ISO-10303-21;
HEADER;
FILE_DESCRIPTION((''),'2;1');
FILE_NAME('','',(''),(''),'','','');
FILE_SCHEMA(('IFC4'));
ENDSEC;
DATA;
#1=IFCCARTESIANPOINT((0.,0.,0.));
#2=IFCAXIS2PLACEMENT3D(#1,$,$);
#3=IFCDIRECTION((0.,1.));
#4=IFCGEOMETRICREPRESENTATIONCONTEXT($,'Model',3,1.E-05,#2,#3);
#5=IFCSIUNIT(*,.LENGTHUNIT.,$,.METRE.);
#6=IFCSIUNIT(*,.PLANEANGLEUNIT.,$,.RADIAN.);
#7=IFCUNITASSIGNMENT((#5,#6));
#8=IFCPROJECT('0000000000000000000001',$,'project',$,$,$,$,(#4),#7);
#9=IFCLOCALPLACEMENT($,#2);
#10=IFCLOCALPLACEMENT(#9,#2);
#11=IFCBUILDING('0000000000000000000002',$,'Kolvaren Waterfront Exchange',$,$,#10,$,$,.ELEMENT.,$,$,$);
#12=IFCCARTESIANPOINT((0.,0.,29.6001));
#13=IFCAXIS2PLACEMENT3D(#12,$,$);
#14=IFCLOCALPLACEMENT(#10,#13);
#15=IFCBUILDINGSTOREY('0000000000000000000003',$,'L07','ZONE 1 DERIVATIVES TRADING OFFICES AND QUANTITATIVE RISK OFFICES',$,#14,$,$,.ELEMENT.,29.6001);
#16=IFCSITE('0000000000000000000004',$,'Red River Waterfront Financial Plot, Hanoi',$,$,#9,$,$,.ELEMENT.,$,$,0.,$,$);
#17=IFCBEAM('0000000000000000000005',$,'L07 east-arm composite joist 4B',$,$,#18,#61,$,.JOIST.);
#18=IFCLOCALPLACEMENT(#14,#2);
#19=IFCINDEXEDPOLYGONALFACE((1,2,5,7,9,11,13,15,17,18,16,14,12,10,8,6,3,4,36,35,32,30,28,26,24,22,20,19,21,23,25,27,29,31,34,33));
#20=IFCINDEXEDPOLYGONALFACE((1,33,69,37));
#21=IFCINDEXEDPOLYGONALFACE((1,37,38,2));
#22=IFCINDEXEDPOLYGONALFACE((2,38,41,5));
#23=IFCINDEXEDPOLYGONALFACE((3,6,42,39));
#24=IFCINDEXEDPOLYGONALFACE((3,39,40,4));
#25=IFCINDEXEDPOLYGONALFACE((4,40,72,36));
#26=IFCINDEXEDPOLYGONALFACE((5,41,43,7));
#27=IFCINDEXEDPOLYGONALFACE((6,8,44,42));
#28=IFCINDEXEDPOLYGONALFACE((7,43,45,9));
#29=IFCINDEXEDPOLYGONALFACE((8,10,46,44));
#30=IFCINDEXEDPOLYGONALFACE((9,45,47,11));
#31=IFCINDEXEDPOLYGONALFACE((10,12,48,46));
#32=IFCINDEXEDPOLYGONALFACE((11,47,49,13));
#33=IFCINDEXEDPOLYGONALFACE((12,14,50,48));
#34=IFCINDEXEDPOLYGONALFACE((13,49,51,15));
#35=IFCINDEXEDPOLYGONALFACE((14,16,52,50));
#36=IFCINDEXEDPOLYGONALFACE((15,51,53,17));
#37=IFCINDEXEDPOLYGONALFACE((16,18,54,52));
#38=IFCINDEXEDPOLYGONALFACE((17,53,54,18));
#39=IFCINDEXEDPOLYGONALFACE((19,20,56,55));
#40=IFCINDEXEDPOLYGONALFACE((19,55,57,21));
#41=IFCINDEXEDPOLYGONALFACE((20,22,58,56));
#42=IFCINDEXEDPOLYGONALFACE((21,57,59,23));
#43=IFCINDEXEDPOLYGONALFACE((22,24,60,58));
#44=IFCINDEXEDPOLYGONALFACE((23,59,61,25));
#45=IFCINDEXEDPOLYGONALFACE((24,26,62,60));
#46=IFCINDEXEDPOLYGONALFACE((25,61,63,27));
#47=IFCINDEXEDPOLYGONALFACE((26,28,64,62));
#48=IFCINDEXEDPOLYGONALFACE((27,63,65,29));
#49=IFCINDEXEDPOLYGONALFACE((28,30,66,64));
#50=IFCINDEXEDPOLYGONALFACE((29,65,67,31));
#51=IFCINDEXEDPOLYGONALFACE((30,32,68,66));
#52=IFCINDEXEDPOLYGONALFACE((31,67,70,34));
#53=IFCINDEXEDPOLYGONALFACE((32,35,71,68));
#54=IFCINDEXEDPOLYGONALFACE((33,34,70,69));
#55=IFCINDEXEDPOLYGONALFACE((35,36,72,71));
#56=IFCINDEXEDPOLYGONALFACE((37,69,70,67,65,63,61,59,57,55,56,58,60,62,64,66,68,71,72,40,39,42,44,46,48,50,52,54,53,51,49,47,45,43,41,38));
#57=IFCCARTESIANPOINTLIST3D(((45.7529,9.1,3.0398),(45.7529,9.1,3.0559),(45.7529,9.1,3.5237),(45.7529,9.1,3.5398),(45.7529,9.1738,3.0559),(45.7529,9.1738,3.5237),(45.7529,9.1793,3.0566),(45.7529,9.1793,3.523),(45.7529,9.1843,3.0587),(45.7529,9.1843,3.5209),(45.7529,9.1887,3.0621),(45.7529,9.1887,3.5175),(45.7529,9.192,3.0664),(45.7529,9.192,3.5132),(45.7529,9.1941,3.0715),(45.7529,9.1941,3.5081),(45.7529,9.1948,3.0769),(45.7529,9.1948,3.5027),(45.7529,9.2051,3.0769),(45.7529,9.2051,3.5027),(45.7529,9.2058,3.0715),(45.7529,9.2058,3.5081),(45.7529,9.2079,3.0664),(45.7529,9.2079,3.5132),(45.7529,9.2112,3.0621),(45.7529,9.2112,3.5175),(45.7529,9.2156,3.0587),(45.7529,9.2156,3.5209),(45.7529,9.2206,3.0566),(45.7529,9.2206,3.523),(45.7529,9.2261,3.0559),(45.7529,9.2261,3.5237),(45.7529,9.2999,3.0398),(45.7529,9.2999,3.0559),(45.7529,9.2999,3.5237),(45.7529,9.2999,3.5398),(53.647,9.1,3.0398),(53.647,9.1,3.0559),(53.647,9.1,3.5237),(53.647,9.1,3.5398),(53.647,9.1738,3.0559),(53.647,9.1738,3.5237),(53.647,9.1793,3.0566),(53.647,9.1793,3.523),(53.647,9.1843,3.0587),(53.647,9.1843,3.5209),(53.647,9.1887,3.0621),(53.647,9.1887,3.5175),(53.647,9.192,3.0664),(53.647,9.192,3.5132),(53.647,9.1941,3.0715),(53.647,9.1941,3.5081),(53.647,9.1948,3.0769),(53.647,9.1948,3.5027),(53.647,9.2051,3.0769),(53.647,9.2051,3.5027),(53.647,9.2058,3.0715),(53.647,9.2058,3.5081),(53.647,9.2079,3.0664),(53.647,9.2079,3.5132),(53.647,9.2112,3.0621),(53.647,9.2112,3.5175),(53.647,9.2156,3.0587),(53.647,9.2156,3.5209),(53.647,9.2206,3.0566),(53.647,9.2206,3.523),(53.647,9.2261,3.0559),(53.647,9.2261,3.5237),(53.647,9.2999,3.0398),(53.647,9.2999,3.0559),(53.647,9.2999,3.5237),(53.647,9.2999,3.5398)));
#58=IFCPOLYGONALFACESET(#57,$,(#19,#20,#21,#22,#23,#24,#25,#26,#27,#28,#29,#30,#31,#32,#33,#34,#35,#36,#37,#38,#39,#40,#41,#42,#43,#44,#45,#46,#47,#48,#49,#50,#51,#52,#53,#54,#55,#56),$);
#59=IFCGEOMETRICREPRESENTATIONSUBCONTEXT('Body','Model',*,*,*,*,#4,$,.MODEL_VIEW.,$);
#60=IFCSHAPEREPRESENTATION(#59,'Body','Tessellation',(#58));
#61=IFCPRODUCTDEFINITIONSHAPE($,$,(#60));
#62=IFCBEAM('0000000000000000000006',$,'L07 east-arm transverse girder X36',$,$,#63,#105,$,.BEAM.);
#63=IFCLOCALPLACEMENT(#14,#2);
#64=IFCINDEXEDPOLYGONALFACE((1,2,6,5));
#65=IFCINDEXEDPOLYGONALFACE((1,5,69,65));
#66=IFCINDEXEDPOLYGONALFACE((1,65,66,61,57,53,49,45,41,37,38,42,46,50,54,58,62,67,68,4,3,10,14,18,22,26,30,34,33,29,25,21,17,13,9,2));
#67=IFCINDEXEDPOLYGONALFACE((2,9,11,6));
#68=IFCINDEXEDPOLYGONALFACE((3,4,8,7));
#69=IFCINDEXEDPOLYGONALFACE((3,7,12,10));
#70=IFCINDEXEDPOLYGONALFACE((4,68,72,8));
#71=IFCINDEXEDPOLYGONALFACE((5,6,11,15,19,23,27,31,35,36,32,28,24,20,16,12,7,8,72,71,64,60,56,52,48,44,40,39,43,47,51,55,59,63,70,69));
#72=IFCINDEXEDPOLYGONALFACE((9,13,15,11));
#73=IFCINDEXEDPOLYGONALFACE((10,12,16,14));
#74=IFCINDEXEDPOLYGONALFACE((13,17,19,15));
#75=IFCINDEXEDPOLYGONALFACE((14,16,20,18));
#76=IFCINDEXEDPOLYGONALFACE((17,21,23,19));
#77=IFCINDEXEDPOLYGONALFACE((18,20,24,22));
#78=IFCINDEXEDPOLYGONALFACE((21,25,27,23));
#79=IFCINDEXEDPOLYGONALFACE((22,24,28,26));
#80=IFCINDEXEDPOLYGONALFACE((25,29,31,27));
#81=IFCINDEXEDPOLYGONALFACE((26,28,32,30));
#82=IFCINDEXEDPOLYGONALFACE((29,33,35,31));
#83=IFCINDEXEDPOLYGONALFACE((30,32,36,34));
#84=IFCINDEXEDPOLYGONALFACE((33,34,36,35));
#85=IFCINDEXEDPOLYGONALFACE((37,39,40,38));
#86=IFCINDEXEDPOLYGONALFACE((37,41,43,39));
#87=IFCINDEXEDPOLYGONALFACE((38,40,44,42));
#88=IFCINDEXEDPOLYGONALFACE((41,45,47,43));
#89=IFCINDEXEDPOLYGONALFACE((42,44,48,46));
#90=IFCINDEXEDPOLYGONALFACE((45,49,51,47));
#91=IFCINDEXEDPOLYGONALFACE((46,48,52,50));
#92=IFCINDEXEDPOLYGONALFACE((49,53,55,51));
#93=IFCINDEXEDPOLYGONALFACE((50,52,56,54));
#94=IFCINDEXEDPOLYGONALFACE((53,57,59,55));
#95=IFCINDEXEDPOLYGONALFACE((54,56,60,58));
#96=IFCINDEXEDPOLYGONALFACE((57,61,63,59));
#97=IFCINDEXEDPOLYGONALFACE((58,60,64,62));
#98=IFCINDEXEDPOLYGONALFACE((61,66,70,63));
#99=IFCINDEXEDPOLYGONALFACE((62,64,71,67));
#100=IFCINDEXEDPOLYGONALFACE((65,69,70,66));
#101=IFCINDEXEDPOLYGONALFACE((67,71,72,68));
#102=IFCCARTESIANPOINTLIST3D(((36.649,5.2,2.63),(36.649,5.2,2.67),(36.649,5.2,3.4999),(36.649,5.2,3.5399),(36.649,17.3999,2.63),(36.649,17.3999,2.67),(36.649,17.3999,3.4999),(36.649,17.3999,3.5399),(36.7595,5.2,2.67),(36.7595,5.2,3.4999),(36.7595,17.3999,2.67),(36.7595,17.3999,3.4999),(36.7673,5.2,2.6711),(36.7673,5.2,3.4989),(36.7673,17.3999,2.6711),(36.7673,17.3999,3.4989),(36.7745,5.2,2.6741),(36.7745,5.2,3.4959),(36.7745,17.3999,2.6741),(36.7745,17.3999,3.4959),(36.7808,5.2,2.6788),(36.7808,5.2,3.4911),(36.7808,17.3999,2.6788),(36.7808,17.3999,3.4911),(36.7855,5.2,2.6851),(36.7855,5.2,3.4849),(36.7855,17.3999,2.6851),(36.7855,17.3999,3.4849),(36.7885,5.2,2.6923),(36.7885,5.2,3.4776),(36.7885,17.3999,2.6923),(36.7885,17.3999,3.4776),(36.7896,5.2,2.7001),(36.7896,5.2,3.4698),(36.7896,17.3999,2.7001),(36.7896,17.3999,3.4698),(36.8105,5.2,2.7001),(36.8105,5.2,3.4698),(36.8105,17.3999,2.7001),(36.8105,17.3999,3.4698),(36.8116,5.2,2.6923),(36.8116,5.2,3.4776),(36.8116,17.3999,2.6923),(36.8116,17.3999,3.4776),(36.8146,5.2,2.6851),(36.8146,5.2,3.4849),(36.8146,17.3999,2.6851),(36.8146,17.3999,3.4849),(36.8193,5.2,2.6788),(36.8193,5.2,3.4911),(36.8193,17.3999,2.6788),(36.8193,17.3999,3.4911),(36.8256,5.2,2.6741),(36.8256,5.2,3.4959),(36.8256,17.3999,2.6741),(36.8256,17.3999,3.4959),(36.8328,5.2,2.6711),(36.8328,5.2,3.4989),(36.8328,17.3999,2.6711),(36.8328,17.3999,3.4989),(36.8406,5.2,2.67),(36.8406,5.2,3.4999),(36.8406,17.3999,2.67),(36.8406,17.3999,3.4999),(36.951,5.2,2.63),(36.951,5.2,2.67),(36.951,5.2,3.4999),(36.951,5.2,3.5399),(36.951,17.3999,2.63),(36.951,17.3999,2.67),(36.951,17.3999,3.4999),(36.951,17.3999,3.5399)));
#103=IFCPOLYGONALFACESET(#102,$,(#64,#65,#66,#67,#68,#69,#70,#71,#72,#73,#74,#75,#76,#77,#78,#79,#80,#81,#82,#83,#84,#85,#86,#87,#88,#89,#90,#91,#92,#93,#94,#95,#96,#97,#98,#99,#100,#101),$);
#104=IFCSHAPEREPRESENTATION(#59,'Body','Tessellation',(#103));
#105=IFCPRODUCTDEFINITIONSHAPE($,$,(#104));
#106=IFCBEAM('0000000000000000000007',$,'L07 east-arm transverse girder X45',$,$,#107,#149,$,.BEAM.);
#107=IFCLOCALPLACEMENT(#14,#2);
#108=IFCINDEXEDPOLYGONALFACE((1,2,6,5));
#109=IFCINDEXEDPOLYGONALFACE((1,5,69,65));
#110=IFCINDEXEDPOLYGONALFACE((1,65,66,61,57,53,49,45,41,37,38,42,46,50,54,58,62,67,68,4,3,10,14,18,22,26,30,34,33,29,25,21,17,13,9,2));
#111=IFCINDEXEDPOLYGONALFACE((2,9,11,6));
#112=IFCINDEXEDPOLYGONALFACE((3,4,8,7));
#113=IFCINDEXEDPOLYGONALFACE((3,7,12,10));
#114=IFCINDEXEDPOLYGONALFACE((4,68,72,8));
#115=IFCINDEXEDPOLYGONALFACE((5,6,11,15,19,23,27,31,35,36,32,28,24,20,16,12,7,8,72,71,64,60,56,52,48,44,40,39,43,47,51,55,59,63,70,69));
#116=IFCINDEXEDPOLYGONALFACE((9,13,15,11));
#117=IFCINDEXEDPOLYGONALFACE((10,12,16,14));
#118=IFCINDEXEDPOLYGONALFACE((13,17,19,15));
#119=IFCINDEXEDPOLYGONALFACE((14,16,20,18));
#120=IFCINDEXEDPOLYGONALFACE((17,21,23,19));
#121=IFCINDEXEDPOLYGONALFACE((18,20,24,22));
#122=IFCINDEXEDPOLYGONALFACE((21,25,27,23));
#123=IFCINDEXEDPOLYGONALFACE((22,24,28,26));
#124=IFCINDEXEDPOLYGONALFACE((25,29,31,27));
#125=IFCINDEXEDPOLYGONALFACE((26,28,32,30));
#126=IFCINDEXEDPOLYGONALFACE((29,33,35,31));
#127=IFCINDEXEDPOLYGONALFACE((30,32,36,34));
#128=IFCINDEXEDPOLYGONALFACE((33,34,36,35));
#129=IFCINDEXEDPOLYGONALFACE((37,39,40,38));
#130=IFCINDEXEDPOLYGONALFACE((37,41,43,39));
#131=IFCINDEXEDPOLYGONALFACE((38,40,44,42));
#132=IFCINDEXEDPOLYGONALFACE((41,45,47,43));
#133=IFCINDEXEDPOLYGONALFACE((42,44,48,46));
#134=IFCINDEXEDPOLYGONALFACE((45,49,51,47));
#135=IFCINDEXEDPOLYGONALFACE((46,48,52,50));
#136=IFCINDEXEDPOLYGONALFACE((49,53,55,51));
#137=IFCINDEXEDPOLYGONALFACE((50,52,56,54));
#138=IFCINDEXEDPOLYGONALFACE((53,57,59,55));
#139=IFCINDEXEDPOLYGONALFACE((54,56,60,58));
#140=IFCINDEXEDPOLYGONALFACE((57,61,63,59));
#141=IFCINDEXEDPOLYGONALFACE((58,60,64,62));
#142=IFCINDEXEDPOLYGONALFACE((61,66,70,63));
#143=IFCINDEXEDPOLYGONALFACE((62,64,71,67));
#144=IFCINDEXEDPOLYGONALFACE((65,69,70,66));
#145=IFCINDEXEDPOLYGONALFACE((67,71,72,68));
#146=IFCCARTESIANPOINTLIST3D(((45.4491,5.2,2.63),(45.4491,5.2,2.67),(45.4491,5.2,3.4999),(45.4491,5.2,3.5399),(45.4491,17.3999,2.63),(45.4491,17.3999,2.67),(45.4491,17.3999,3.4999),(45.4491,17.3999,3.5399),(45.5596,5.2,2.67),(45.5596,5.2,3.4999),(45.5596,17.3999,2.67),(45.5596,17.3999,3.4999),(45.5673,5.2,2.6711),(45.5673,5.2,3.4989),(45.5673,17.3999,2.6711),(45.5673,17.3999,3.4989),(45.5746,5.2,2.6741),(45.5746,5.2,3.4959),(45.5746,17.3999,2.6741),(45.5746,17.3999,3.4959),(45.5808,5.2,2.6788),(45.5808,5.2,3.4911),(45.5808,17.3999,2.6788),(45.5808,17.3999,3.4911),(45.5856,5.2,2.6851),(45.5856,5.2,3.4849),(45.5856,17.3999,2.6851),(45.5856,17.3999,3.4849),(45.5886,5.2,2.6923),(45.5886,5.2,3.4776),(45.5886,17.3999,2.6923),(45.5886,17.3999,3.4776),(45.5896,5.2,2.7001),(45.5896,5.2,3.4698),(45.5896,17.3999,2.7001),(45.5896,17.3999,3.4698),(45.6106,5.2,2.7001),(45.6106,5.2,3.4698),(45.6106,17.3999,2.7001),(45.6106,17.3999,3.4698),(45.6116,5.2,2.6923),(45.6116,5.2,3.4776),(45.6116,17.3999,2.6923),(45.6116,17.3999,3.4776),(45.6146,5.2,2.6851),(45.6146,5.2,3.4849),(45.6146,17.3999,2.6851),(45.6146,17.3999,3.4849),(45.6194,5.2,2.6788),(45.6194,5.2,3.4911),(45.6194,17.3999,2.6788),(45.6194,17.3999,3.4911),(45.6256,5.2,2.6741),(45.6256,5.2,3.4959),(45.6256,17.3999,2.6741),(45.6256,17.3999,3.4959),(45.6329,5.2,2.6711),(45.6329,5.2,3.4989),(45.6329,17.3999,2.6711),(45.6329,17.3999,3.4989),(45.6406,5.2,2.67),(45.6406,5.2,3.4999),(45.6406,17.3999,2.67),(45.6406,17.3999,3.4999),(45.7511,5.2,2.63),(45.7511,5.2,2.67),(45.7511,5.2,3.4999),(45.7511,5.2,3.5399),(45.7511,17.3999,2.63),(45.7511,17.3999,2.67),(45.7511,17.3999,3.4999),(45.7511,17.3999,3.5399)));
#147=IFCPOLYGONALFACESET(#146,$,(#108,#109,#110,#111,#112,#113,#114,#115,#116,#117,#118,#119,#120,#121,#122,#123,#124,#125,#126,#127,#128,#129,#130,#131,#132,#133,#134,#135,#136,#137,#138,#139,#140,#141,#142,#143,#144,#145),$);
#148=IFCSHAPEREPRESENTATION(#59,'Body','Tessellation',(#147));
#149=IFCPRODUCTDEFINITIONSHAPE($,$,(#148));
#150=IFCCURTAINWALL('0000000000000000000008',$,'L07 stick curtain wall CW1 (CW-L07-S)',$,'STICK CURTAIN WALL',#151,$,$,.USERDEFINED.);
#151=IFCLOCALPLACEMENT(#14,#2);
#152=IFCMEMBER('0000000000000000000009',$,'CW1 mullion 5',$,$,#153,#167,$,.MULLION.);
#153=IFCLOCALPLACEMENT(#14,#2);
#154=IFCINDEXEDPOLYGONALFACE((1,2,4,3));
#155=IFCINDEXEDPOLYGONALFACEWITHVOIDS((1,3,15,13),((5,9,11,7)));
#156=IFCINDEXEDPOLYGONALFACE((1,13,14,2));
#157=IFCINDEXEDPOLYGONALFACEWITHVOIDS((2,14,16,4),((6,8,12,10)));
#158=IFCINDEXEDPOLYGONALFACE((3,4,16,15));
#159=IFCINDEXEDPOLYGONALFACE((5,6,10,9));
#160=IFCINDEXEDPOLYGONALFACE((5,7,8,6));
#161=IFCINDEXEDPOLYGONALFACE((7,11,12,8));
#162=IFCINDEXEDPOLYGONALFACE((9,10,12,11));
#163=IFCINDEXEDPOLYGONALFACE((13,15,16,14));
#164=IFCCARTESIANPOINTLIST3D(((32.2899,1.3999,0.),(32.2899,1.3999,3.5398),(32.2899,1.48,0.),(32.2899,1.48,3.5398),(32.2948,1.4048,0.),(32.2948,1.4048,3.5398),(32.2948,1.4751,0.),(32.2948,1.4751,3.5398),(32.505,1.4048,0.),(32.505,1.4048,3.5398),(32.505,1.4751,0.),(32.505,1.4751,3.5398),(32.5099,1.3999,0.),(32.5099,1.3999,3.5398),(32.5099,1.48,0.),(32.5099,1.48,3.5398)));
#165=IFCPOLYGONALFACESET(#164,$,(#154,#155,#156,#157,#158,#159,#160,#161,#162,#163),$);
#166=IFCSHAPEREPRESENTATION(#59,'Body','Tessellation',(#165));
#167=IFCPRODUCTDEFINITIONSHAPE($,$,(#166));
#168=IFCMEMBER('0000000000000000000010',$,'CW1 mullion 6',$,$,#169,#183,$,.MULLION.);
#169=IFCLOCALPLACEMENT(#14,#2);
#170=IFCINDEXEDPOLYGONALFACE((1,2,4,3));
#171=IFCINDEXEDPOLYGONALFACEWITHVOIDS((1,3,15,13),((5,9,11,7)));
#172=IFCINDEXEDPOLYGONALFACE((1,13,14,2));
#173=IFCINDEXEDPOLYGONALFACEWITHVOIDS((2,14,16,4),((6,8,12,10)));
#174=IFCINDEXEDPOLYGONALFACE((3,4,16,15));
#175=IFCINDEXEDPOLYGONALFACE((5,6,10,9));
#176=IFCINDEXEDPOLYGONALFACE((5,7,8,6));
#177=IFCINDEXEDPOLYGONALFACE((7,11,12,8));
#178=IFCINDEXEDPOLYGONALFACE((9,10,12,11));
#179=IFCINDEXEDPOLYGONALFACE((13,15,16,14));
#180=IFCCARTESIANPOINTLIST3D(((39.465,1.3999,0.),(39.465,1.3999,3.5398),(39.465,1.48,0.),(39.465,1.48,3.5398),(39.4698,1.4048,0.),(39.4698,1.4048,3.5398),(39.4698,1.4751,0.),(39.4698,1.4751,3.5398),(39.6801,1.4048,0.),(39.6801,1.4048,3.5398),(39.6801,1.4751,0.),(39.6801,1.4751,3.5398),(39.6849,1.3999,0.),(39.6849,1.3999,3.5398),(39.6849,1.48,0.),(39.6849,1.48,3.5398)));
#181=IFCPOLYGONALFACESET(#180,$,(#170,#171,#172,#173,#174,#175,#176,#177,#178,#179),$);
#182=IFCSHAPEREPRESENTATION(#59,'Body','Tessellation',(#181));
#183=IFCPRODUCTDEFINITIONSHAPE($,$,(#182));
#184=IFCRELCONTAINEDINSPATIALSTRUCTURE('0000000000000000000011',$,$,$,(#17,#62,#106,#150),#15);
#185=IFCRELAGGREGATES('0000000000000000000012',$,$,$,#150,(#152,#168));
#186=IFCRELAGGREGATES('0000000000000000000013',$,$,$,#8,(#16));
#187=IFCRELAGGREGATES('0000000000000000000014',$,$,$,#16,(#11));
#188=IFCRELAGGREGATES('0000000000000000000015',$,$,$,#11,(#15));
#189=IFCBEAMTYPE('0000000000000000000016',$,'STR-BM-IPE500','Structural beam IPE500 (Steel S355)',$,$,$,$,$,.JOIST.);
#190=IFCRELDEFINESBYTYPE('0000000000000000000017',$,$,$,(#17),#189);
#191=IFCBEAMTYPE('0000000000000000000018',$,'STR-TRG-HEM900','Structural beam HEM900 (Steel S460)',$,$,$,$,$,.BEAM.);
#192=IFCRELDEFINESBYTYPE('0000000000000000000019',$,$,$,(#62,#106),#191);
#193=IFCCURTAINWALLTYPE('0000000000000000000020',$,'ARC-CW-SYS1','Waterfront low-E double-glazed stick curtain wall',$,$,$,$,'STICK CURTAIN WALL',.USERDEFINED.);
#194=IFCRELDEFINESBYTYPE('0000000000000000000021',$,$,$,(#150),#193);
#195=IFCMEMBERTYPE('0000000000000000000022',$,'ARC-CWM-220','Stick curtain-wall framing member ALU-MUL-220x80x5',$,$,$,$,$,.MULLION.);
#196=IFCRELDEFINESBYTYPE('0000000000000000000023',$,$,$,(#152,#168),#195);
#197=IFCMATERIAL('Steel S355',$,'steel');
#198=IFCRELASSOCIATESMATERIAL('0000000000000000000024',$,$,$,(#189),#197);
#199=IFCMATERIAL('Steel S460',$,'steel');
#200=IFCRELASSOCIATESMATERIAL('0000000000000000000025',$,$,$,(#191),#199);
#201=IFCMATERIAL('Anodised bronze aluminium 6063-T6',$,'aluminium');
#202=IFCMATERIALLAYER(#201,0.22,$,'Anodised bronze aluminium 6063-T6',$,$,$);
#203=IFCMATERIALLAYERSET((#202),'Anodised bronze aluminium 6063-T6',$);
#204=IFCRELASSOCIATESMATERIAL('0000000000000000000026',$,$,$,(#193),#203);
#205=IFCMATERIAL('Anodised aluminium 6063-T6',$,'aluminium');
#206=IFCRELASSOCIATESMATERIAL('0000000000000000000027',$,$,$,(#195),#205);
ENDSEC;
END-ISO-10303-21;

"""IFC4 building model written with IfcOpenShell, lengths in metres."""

from ifc_helpers import new_model, si_unit, direction, frame, origin, origin_with_axes, origin_2d, place, context, subcontext, project, spatial, hollow_rectangle, i_section, extrude, source, transform, mapped, material, layer, layer_set, material_profile, profile_set, type_object, element, aggregate, save


model = new_model("IFC4")

# Units and contexts
model_context = context("Model", 3, precision=1e-05, world=origin(), true_north=direction((0.0, 1.0)))
body_context = subcontext(model_context, "Body", "Model", "MODEL_VIEW")
ifc_project = project(units=[si_unit("LENGTHUNIT", "METRE"), si_unit("PLANEANGLEUNIT", "RADIAN")], contexts=[model_context])

# Site, building, storey
site_placement = place(None, origin())
site = spatial("IfcSite", under=ifc_project, at=site_placement, Name="Red River Waterfront Financial Plot, Hanoi", CompositionType="ELEMENT", RefElevation=0.0)
building_placement = place(site_placement, origin())
building = spatial("IfcBuilding", under=site, at=building_placement, Name="Kolvaren Waterfront Exchange", CompositionType="ELEMENT")
storey_placement = place(building_placement, frame((0.0, 0.0, 29.6001)))
storey = spatial("IfcBuildingStorey", under=building, at=storey_placement, Name="L07", Description="ZONE 1 DERIVATIVES TRADING OFFICES AND QUANTITATIVE RISK OFFICES", CompositionType="ELEMENT", Elevation=29.6001)

# Beams
ifc_material_1 = material(Name="Steel S355", Category="steel")
ifc_material_profile_1 = material_profile(ifc_material_1, i_section(OverallWidth=0.2, OverallDepth=0.5, WebThickness=0.0103, FlangeThickness=0.0161, FilletRadius=0.021, at=origin_2d()), Name="IPE500")
ifc_profile_set_1 = profile_set([ifc_material_profile_1], Name="Steel S355")
beam_type_1 = type_object("IfcBeamType", Name="STR-BM-IPE500", Description="Structural beam IPE500 (Steel S355)", PredefinedType="JOIST", material=ifc_profile_set_1)
beam_1_placement = place(storey_placement, frame((45.7529, 9.2, 3.2898), z_axis=(1.0, 0.0, 0.0), x_axis=(0.0, 1.0, 0.0)))
element("IfcBeam", 1, at=beam_1_placement, inside=storey, type_object=beam_type_1, Name="L07 east-arm composite joist 4B", PredefinedType="JOIST", context=body_context, shape_type="SweptSolid", body=[
    extrude(i_section(OverallWidth=0.2, OverallDepth=0.5, WebThickness=0.0103, FlangeThickness=0.0161, FilletRadius=0.021, at=origin_2d()), origin(), (0.0, 0.0, 1.0), 7.894),
])
ifc_material_2 = material(Name="Steel S460", Category="steel")
ifc_material_profile_2 = material_profile(ifc_material_2, i_section(OverallWidth=0.302, OverallDepth=0.9099, WebThickness=0.021, FlangeThickness=0.04, FilletRadius=0.03, at=origin_2d()), Name="HEM900")
ifc_profile_set_2 = profile_set([ifc_material_profile_2], Name="Steel S460")
beam_type_2 = type_object("IfcBeamType", Name="STR-TRG-HEM900", Description="Structural beam HEM900 (Steel S460)", PredefinedType="BEAM", material=ifc_profile_set_2)
for number, where, z_axis, x_axis, name in (
    (2, (36.8, 5.2, 3.085), (0.0, 1.0, 0.0), (-1.0, 0.0, 0.0), "L07 east-arm transverse girder X36"),
    (3, (45.6001, 5.2, 3.085), (0.0, 1.0, 0.0), (-1.0, 0.0, 0.0), "L07 east-arm transverse girder X45"),
):
    element("IfcBeam", number, at=place(storey_placement, frame(where, z_axis=z_axis, x_axis=x_axis)), inside=storey, type_object=beam_type_2, Name=name, PredefinedType="BEAM", context=body_context, shape_type="SweptSolid", body=[
        extrude(i_section(OverallWidth=0.302, OverallDepth=0.9099, WebThickness=0.021, FlangeThickness=0.04, FilletRadius=0.03, at=origin_2d()), origin(), (0.0, 0.0, 1.0), 12.2),
    ])

# Curtain wall, members
ifc_material_3 = material(Name="Anodised bronze aluminium 6063-T6", Category="aluminium")
ifc_layer_1 = layer(ifc_material_3, 0.22, Name="Anodised bronze aluminium 6063-T6")
ifc_layer_set_1 = layer_set([ifc_layer_1], Name="Anodised bronze aluminium 6063-T6")
curtain_wall_type = type_object("IfcCurtainWallType", Name="ARC-CW-SYS1", Description="Waterfront low-E double-glazed stick curtain wall", ElementType="STICK CURTAIN WALL", PredefinedType="USERDEFINED", material=ifc_layer_set_1)
curtain_wall_placement = place(storey_placement, origin())
curtain_wall = element("IfcCurtainWall", 4, at=curtain_wall_placement, inside=storey, type_object=curtain_wall_type, Name="L07 stick curtain wall CW1 (CW-L07-S)", ObjectType="STICK CURTAIN WALL", PredefinedType="USERDEFINED")
ifc_material_4 = material(Name="Anodised aluminium 6063-T6", Category="aluminium")
ifc_material_profile_3 = material_profile(ifc_material_4, hollow_rectangle(XDim=0.0801, YDim=0.22, WallThickness=0.0049, at=origin_2d()), Name="ALU-MUL-220x80x5")
ifc_profile_set_3 = profile_set([ifc_material_profile_3], Name="Anodised aluminium 6063-T6")
member_type_1 = type_object("IfcMemberType", Name="ARC-CWM-220", Description="Stick curtain-wall framing member ALU-MUL-220x80x5", PredefinedType="MULLION", material=ifc_profile_set_3)
shared_shape_1 = source(origin_with_axes(), body_context, "Body", "SweptSolid", [
    extrude(hollow_rectangle(XDim=0.0801, YDim=0.22, WallThickness=0.0049, at=origin_2d()), origin(), (0.0, 0.0, 1.0), 3.5398),
])
member_1_placement = place(storey_placement, frame((32.3999, 1.4399, 0.0), z_axis=(0.0, 0.0, 1.0), x_axis=(0.0, 1.0, 0.0)))
member_1 = element("IfcMember", 5, at=member_1_placement, type_object=member_type_1, Name="CW1 mullion 5", PredefinedType="MULLION", context=body_context, shape_type="MappedRepresentation", body=[
    mapped(shared_shape_1, transform((0.0, 0.0, 0.0), x_axis=(1.0, 0.0, 0.0), y_axis=(0.0, 1.0, 0.0), z_axis=(0.0, 0.0, 1.0), scale=1.0)),
])
member_2_placement = place(storey_placement, frame((39.575, 1.4399, 0.0), z_axis=(0.0, 0.0, 1.0), x_axis=(0.0, 1.0, 0.0)))
member_2 = element("IfcMember", 6, at=member_2_placement, type_object=member_type_1, Name="CW1 mullion 6", PredefinedType="MULLION", context=body_context, shape_type="MappedRepresentation", body=[
    mapped(shared_shape_1, transform((0.0, 0.0, 0.0), x_axis=(1.0, 0.0, 0.0), y_axis=(0.0, 1.0, 0.0), z_axis=(0.0, 0.0, 1.0), scale=1.0)),
])
aggregate(curtain_wall, [member_1, member_2])

save(model, "model.ifc")
